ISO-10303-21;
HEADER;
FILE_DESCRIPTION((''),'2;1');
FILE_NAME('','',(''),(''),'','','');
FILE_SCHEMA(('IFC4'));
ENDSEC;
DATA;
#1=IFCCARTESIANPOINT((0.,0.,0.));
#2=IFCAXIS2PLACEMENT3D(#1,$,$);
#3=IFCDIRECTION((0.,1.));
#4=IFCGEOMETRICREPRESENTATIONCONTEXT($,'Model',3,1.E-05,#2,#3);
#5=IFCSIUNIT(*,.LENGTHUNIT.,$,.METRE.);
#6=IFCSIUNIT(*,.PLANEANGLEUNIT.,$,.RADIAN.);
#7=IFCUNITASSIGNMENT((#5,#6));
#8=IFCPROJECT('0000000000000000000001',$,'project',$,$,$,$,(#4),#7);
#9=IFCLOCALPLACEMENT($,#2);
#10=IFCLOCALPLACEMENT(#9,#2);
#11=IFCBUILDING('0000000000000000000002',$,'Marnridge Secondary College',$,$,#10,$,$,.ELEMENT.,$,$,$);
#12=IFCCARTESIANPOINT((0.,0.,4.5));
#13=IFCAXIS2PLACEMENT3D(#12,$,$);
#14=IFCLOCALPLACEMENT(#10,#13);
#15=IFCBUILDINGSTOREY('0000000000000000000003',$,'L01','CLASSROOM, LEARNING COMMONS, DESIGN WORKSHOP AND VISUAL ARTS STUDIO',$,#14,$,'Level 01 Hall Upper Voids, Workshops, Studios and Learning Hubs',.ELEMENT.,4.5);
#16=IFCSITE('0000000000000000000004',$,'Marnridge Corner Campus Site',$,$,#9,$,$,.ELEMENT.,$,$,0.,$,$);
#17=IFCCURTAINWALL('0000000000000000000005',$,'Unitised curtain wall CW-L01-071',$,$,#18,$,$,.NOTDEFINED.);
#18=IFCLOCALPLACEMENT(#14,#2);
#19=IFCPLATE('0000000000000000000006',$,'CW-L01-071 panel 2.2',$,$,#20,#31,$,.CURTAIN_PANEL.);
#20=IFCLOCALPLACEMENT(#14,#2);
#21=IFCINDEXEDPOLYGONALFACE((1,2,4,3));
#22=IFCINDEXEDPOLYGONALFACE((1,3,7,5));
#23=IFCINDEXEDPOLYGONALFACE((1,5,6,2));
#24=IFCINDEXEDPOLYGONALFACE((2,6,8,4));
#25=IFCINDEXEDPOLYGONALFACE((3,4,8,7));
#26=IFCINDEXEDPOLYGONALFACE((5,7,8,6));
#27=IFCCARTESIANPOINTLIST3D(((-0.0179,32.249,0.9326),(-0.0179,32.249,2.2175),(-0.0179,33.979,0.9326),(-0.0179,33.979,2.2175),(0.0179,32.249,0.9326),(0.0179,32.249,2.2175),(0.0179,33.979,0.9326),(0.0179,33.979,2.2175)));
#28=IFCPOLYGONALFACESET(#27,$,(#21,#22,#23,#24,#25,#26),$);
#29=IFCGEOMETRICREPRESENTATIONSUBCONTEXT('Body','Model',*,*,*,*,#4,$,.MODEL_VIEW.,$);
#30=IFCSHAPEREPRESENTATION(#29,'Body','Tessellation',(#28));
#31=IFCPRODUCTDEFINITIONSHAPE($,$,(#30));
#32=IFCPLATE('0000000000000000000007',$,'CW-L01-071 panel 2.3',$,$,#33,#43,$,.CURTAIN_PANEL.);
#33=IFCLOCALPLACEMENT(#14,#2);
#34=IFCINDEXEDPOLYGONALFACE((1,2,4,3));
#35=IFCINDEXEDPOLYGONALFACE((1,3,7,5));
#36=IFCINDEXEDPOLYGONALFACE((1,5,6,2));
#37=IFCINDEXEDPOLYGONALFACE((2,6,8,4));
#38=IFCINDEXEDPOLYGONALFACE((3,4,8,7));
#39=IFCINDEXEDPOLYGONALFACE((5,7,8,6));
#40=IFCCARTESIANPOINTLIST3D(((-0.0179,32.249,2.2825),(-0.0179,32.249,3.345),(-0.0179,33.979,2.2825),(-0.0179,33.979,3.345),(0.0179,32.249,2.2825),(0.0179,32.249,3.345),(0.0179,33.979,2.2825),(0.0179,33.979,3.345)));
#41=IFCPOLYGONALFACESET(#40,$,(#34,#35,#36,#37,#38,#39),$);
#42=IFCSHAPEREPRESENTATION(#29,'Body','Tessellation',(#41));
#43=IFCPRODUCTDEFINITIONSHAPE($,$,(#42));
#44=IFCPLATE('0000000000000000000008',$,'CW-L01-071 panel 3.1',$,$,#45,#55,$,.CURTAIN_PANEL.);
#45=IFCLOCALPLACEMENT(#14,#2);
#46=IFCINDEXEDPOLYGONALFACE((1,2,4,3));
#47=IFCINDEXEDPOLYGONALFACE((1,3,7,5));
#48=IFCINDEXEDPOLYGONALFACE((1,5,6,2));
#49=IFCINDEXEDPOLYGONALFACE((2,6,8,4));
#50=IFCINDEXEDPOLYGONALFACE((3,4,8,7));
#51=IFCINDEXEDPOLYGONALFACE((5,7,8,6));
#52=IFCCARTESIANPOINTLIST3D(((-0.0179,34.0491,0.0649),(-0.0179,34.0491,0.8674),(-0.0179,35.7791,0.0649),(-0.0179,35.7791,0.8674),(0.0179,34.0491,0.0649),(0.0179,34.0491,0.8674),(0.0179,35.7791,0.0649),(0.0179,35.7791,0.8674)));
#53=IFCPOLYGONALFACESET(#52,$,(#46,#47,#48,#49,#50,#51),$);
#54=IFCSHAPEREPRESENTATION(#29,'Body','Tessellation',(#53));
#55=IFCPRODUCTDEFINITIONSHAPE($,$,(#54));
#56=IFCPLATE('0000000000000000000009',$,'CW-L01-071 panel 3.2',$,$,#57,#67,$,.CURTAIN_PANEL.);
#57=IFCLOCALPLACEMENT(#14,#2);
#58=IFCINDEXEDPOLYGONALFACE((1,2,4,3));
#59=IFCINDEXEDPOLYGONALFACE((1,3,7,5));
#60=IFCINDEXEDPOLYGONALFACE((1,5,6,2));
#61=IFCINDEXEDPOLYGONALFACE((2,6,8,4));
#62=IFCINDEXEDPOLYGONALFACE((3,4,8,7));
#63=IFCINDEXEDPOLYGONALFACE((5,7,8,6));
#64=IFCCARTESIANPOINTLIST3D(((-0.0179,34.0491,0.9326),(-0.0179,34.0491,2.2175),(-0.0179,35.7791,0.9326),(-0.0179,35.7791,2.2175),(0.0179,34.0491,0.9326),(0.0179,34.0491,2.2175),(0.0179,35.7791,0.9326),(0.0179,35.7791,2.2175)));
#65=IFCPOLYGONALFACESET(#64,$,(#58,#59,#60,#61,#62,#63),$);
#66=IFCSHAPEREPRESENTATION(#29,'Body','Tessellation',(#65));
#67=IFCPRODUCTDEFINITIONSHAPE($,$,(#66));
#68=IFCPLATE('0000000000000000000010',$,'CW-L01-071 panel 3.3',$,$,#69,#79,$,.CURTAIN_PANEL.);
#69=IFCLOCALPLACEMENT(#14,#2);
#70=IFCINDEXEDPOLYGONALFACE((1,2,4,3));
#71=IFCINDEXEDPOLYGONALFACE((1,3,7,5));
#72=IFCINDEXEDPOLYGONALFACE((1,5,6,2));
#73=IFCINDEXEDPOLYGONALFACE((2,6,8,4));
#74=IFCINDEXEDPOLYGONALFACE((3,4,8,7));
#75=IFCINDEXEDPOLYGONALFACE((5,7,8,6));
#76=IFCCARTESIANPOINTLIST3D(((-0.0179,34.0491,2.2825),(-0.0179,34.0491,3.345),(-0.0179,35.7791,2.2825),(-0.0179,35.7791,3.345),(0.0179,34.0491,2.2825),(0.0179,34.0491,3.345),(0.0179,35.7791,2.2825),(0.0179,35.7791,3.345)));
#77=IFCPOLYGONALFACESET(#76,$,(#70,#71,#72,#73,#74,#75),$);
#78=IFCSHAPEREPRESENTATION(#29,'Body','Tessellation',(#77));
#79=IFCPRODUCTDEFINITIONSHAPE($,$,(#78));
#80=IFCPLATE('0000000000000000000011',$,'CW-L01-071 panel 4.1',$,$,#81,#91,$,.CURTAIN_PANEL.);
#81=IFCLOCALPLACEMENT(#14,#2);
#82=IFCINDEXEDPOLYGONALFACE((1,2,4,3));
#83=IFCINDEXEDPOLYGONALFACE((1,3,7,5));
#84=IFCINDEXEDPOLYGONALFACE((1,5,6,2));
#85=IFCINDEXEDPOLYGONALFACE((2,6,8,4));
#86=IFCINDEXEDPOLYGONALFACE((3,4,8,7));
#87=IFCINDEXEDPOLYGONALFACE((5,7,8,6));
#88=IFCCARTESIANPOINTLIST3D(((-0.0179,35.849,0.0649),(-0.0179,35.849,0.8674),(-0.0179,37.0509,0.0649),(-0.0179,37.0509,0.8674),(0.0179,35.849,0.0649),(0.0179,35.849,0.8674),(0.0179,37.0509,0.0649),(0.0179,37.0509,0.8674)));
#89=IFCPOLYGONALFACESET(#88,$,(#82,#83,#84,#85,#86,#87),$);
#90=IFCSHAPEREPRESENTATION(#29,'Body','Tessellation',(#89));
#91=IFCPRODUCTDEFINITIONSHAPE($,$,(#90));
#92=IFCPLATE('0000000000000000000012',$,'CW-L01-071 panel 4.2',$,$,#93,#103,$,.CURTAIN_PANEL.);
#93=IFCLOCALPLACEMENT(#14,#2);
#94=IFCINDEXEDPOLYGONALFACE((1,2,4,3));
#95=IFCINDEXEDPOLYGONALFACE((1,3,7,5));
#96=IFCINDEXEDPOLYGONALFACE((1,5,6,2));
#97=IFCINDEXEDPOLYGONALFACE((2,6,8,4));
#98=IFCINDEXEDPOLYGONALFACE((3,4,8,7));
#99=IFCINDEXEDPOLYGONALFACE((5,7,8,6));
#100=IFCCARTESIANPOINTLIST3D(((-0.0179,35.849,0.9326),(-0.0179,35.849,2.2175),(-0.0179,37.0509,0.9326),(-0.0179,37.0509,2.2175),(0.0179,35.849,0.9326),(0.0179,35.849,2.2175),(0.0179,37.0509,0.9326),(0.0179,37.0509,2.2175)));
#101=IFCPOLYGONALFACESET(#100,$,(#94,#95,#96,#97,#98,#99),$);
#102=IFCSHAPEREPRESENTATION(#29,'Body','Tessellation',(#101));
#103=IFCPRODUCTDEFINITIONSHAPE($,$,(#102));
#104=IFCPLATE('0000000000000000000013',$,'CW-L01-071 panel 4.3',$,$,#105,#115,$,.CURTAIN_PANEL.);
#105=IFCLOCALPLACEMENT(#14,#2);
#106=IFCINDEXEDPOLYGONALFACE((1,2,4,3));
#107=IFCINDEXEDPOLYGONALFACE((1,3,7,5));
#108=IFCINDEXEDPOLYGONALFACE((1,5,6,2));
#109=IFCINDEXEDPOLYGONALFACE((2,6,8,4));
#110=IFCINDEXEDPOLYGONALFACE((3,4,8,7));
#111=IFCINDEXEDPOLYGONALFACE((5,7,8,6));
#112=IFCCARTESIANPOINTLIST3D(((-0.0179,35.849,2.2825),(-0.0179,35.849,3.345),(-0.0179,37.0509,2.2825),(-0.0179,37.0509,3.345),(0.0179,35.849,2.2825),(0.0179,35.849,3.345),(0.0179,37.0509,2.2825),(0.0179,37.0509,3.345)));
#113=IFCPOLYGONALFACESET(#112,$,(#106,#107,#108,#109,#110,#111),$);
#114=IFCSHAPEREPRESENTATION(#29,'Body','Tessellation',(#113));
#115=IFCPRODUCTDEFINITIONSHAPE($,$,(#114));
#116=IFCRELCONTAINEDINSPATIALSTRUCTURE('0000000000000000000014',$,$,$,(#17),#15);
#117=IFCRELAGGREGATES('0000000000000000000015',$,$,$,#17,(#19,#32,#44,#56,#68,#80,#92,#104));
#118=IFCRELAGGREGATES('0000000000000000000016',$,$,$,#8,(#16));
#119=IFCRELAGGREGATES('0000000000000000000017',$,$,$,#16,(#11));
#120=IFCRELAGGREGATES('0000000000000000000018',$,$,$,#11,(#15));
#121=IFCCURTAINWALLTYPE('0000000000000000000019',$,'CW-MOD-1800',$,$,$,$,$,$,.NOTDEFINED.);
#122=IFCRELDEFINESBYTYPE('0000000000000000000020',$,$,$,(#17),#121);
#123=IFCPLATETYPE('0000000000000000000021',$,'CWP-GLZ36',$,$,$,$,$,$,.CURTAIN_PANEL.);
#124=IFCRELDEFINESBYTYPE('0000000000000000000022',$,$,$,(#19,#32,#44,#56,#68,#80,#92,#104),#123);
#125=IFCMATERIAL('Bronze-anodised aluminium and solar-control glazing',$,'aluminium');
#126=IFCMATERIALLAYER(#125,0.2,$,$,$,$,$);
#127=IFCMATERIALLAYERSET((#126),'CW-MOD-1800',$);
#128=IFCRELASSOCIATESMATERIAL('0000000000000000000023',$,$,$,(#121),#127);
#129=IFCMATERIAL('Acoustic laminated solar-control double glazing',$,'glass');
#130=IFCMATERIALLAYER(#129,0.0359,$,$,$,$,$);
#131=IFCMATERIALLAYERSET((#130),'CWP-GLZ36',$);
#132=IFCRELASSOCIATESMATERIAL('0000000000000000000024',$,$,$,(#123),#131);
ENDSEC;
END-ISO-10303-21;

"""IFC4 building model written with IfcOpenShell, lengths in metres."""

from ifc_helpers import new_model, si_unit, direction, frame, origin, origin_2d, place, context, subcontext, project, spatial, rectangle, extrude, material, layer, layer_set, type_object, element, aggregate, save


model = new_model("IFC4")

# Units and contexts
model_context = context("Model", 3, precision=1e-05, world=origin(), true_north=direction((0.0, 1.0)))
body_context = subcontext(model_context, "Body", "Model", "MODEL_VIEW")
ifc_project = project(units=[si_unit("LENGTHUNIT", "METRE"), si_unit("PLANEANGLEUNIT", "RADIAN")], contexts=[model_context])

# Site, building, storey
site_placement = place(None, origin())
site = spatial("IfcSite", under=ifc_project, at=site_placement, Name="Marnridge Corner Campus Site", CompositionType="ELEMENT", RefElevation=0.0)
building_placement = place(site_placement, origin())
building = spatial("IfcBuilding", under=site, at=building_placement, Name="Marnridge Secondary College", CompositionType="ELEMENT")
storey_placement = place(building_placement, frame((0.0, 0.0, 4.5)))
storey = spatial("IfcBuildingStorey", under=building, at=storey_placement, Name="L01", Description="CLASSROOM, LEARNING COMMONS, DESIGN WORKSHOP AND VISUAL ARTS STUDIO", LongName="Level 01 Hall Upper Voids, Workshops, Studios and Learning Hubs", CompositionType="ELEMENT", Elevation=4.5)

# Curtain wall, plates
ifc_material_1 = material(Name="Bronze-anodised aluminium and solar-control glazing", Category="aluminium")
ifc_layer_1 = layer(ifc_material_1, 0.2)
ifc_layer_set_1 = layer_set([ifc_layer_1], Name="CW-MOD-1800")
curtain_wall_type = type_object("IfcCurtainWallType", Name="CW-MOD-1800", PredefinedType="NOTDEFINED", material=ifc_layer_set_1)
curtain_wall_placement = place(storey_placement, origin())
curtain_wall = element("IfcCurtainWall", 1, at=curtain_wall_placement, inside=storey, type_object=curtain_wall_type, Name="Unitised curtain wall CW-L01-071", PredefinedType="NOTDEFINED")
ifc_material_2 = material(Name="Acoustic laminated solar-control double glazing", Category="glass")
ifc_layer_2 = layer(ifc_material_2, 0.0359)
ifc_layer_set_2 = layer_set([ifc_layer_2], Name="CWP-GLZ36")
plate_type = type_object("IfcPlateType", Name="CWP-GLZ36", PredefinedType="CURTAIN_PANEL", material=ifc_layer_set_2)
plate_1_placement = place(storey_placement, frame((0.0, 33.114, 0.9326), z_axis=(0.0, 0.0, 1.0), x_axis=(0.0, 1.0, 0.0)))
plate_1 = element("IfcPlate", 2, at=plate_1_placement, type_object=plate_type, Name="CW-L01-071 panel 2.2", PredefinedType="CURTAIN_PANEL", context=body_context, shape_type="SweptSolid", body=[
    extrude(rectangle(XDim=1.73, YDim=0.0359, at=origin_2d()), origin(), (0.0, 0.0, 1.0), 1.2849),
])
plate_2_placement = place(storey_placement, frame((0.0, 33.114, 2.2825), z_axis=(0.0, 0.0, 1.0), x_axis=(0.0, 1.0, 0.0)))
plate_2 = element("IfcPlate", 3, at=plate_2_placement, type_object=plate_type, Name="CW-L01-071 panel 2.3", PredefinedType="CURTAIN_PANEL", context=body_context, shape_type="SweptSolid", body=[
    extrude(rectangle(XDim=1.73, YDim=0.0359, at=origin_2d()), origin(), (0.0, 0.0, 1.0), 1.0625),
])
plate_3_placement = place(storey_placement, frame((0.0, 34.9141, 0.0649), z_axis=(0.0, 0.0, 1.0), x_axis=(0.0, 1.0, 0.0)))
plate_3 = element("IfcPlate", 4, at=plate_3_placement, type_object=plate_type, Name="CW-L01-071 panel 3.1", PredefinedType="CURTAIN_PANEL", context=body_context, shape_type="SweptSolid", body=[
    extrude(rectangle(XDim=1.73, YDim=0.0359, at=origin_2d()), origin(), (0.0, 0.0, 1.0), 0.8025),
])
plate_4_placement = place(storey_placement, frame((0.0, 34.9141, 0.9326), z_axis=(0.0, 0.0, 1.0), x_axis=(0.0, 1.0, 0.0)))
plate_4 = element("IfcPlate", 5, at=plate_4_placement, type_object=plate_type, Name="CW-L01-071 panel 3.2", PredefinedType="CURTAIN_PANEL", context=body_context, shape_type="SweptSolid", body=[
    extrude(rectangle(XDim=1.73, YDim=0.0359, at=origin_2d()), origin(), (0.0, 0.0, 1.0), 1.2849),
])
plate_5_placement = place(storey_placement, frame((0.0, 34.9141, 2.2825), z_axis=(0.0, 0.0, 1.0), x_axis=(0.0, 1.0, 0.0)))
plate_5 = element("IfcPlate", 6, at=plate_5_placement, type_object=plate_type, Name="CW-L01-071 panel 3.3", PredefinedType="CURTAIN_PANEL", context=body_context, shape_type="SweptSolid", body=[
    extrude(rectangle(XDim=1.73, YDim=0.0359, at=origin_2d()), origin(), (0.0, 0.0, 1.0), 1.0625),
])
plate_6_placement = place(storey_placement, frame((0.0, 36.45, 0.0649), z_axis=(0.0, 0.0, 1.0), x_axis=(0.0, 1.0, 0.0)))
plate_6 = element("IfcPlate", 7, at=plate_6_placement, type_object=plate_type, Name="CW-L01-071 panel 4.1", PredefinedType="CURTAIN_PANEL", context=body_context, shape_type="SweptSolid", body=[
    extrude(rectangle(XDim=1.2019, YDim=0.0359, at=origin_2d()), origin(), (0.0, 0.0, 1.0), 0.8025),
])
plate_7_placement = place(storey_placement, frame((0.0, 36.45, 0.9326), z_axis=(0.0, 0.0, 1.0), x_axis=(0.0, 1.0, 0.0)))
plate_7 = element("IfcPlate", 8, at=plate_7_placement, type_object=plate_type, Name="CW-L01-071 panel 4.2", PredefinedType="CURTAIN_PANEL", context=body_context, shape_type="SweptSolid", body=[
    extrude(rectangle(XDim=1.2019, YDim=0.0359, at=origin_2d()), origin(), (0.0, 0.0, 1.0), 1.2849),
])
plate_8_placement = place(storey_placement, frame((0.0, 36.45, 2.2825), z_axis=(0.0, 0.0, 1.0), x_axis=(0.0, 1.0, 0.0)))
plate_8 = element("IfcPlate", 9, at=plate_8_placement, type_object=plate_type, Name="CW-L01-071 panel 4.3", PredefinedType="CURTAIN_PANEL", context=body_context, shape_type="SweptSolid", body=[
    extrude(rectangle(XDim=1.2019, YDim=0.0359, at=origin_2d()), origin(), (0.0, 0.0, 1.0), 1.0625),
])
aggregate(curtain_wall, [plate_1, plate_2, plate_3, plate_4, plate_5, plate_6, plate_7, plate_8])

save(model, "model.ifc")
